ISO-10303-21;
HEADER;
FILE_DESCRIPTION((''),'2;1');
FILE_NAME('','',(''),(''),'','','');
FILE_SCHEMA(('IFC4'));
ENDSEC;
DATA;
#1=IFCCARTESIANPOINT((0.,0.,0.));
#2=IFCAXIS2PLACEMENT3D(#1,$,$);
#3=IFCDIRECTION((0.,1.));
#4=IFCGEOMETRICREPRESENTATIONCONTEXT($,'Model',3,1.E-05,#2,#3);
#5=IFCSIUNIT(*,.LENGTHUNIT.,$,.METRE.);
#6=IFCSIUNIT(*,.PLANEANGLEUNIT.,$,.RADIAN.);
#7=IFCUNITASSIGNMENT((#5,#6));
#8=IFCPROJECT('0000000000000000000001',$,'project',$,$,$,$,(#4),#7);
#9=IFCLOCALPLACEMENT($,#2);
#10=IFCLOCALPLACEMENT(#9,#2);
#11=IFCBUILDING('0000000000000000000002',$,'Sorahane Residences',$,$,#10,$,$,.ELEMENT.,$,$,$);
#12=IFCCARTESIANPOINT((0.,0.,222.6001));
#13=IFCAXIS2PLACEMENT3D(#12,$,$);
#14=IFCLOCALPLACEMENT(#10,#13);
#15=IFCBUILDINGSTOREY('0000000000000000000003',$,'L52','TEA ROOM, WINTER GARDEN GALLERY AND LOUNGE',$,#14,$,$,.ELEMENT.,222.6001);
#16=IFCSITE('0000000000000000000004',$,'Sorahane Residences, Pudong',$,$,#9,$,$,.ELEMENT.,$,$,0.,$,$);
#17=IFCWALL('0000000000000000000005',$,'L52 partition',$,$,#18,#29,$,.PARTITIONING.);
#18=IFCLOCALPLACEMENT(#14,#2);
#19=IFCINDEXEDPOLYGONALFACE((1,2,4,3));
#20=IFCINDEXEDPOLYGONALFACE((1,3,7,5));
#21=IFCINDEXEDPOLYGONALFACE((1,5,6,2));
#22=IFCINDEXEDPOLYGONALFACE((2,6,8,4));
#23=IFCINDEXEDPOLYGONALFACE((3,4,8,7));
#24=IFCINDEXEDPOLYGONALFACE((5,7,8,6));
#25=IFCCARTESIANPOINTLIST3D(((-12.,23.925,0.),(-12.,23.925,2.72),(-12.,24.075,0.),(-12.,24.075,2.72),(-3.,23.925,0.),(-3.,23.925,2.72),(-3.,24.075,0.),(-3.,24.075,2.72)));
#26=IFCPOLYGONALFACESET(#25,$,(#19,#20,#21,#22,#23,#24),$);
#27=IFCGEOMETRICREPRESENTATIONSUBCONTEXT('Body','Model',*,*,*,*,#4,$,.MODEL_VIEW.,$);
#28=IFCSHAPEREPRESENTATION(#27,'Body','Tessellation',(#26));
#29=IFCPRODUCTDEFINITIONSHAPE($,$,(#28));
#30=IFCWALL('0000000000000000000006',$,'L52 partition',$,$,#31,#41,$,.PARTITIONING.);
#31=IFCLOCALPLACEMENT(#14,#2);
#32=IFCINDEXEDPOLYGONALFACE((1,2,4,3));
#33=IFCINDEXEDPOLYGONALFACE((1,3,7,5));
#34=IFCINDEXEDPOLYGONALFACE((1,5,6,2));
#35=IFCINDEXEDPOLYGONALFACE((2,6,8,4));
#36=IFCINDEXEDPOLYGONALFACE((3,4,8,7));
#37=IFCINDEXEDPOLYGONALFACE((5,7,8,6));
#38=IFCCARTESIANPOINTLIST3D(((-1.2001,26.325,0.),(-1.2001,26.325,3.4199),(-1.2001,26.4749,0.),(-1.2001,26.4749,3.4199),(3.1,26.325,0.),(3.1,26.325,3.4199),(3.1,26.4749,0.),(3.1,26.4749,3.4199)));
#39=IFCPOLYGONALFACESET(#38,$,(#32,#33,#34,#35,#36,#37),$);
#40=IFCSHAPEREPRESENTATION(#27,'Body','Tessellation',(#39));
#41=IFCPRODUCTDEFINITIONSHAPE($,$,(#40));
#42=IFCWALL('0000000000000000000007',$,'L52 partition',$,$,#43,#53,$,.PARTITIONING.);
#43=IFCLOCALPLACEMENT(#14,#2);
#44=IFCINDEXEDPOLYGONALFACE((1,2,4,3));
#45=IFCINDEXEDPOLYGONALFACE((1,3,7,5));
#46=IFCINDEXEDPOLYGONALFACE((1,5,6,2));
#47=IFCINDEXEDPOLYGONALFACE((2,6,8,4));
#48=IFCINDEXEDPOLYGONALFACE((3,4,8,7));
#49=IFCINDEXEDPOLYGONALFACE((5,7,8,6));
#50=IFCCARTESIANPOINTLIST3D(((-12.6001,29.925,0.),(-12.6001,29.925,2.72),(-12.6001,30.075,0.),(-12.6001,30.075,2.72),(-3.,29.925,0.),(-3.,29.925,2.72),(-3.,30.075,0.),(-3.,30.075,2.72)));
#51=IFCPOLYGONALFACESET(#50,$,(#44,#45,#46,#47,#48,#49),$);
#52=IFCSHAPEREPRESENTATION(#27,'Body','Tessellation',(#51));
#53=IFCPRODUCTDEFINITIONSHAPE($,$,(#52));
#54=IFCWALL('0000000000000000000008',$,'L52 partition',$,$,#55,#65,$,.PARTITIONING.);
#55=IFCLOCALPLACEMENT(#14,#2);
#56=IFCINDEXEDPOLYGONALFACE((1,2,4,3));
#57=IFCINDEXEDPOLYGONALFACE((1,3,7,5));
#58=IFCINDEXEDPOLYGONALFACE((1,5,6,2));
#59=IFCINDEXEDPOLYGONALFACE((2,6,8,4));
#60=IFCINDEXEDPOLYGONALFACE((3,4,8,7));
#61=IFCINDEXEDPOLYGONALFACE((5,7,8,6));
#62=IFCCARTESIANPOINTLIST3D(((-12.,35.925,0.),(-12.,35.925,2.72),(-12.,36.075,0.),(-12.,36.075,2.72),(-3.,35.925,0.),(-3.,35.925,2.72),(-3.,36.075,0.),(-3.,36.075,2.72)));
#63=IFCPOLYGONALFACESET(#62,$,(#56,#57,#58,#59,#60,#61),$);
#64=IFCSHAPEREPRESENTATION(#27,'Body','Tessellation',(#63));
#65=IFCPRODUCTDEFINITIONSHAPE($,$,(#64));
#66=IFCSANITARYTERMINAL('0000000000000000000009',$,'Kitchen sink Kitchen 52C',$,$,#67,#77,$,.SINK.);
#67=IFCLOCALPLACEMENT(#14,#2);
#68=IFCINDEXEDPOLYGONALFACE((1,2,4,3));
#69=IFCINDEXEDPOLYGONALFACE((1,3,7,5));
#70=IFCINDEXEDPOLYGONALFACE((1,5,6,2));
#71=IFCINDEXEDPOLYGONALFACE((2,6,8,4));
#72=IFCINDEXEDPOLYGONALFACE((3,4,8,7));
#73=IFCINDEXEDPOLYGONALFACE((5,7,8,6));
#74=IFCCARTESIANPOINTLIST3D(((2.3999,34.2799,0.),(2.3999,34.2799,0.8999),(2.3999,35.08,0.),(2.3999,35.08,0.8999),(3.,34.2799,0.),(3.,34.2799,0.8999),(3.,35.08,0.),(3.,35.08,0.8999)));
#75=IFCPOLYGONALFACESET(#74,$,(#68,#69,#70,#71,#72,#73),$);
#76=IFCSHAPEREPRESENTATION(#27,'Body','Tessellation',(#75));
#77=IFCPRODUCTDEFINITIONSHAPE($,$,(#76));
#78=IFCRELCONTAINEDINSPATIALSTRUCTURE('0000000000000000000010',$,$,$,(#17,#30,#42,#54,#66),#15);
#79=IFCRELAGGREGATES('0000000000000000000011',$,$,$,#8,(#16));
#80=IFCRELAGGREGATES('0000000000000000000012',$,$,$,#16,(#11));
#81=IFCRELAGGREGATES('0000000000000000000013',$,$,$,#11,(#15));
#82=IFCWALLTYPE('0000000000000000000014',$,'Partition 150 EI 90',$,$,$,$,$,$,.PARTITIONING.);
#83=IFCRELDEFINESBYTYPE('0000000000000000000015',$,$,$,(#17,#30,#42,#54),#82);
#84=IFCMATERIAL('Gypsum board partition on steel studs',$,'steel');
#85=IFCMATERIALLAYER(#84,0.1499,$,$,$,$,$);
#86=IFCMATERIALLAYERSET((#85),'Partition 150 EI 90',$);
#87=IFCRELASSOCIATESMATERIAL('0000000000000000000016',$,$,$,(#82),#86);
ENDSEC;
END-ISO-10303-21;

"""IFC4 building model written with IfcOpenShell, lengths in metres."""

from ifc_helpers import new_model, si_unit, direction, frame, frame_2d, origin, origin_2d, place, context, subcontext, project, spatial, rectangle, extrude, material, layer, layer_set, type_object, element, save


model = new_model("IFC4")

# Units and contexts
model_context = context("Model", 3, precision=1e-05, world=origin(), true_north=direction((0.0, 1.0)))
body_context = subcontext(model_context, "Body", "Model", "MODEL_VIEW")
ifc_project = project(units=[si_unit("LENGTHUNIT", "METRE"), si_unit("PLANEANGLEUNIT", "RADIAN")], contexts=[model_context])

# Site, building, storey
site_placement = place(None, origin())
site = spatial("IfcSite", under=ifc_project, at=site_placement, Name="Sorahane Residences, Pudong", CompositionType="ELEMENT", RefElevation=0.0)
building_placement = place(site_placement, origin())
building = spatial("IfcBuilding", under=site, at=building_placement, Name="Sorahane Residences", CompositionType="ELEMENT")
storey_placement = place(building_placement, frame((0.0, 0.0, 222.6001)))
storey = spatial("IfcBuildingStorey", under=building, at=storey_placement, Name="L52", Description="TEA ROOM, WINTER GARDEN GALLERY AND LOUNGE", CompositionType="ELEMENT", Elevation=222.6001)

# Shared definitions
ifc_material_1 = material(Name="Gypsum board partition on steel studs", Category="steel")
ifc_layer_1 = layer(ifc_material_1, 0.1499)
ifc_layer_set_1 = layer_set([ifc_layer_1], Name="Partition 150 EI 90")
wall_type_1 = type_object("IfcWallType", Name="Partition 150 EI 90", PredefinedType="PARTITIONING", material=ifc_layer_set_1)

# Walls
wall_1_placement = place(storey_placement, frame((-12.0, 24.0, 0.0), z_axis=(0.0, 0.0, 1.0), x_axis=(1.0, 0.0, 0.0)))
element("IfcWall", 1, at=wall_1_placement, inside=storey, type_object=wall_type_1, Name="L52 partition", PredefinedType="PARTITIONING", context=body_context, shape_type="SweptSolid", body=[
    extrude(rectangle(XDim=9.0, YDim=0.1499, at=frame_2d((4.5, 0.0))), origin(), (0.0, 0.0, 1.0), 2.72),
])
wall_2_placement = place(storey_placement, frame((-1.2, 26.3999, 0.0), z_axis=(0.0, 0.0, 1.0), x_axis=(1.0, 0.0, 0.0)))
element("IfcWall", 2, at=wall_2_placement, inside=storey, type_object=wall_type_1, Name="L52 partition", PredefinedType="PARTITIONING", context=body_context, shape_type="SweptSolid", body=[
    extrude(rectangle(XDim=4.3, YDim=0.1499, at=frame_2d((2.1499, 0.0))), origin(), (0.0, 0.0, 1.0), 3.4199),
])
wall_3_placement = place(storey_placement, frame((-12.6001, 30.0, 0.0), z_axis=(0.0, 0.0, 1.0), x_axis=(1.0, 0.0, 0.0)))
element("IfcWall", 3, at=wall_3_placement, inside=storey, type_object=wall_type_1, Name="L52 partition", PredefinedType="PARTITIONING", context=body_context, shape_type="SweptSolid", body=[
    extrude(rectangle(XDim=9.6001, YDim=0.1499, at=frame_2d((4.8, 0.0))), origin(), (0.0, 0.0, 1.0), 2.72),
])
wall_4_placement = place(storey_placement, frame((-12.0, 36.0, 0.0), z_axis=(0.0, 0.0, 1.0), x_axis=(1.0, 0.0, 0.0)))
element("IfcWall", 4, at=wall_4_placement, inside=storey, type_object=wall_type_1, Name="L52 partition", PredefinedType="PARTITIONING", context=body_context, shape_type="SweptSolid", body=[
    extrude(rectangle(XDim=9.0, YDim=0.1499, at=frame_2d((4.5, 0.0))), origin(), (0.0, 0.0, 1.0), 2.72),
])

# Sanitary terminal
sanitary_terminal_placement = place(storey_placement, frame((2.7, 34.6799, 0.0), z_axis=(0.0, 0.0, 1.0), x_axis=(0.0, -1.0, 0.0)))
element("IfcSanitaryTerminal", 5, at=sanitary_terminal_placement, inside=storey, Name="Kitchen sink Kitchen 52C", PredefinedType="SINK", context=body_context, shape_type="SweptSolid", body=[
    extrude(rectangle(XDim=0.8, YDim=0.6001, at=origin_2d()), origin(), (0.0, 0.0, 1.0), 0.8999),
])

save(model, "model.ifc")
